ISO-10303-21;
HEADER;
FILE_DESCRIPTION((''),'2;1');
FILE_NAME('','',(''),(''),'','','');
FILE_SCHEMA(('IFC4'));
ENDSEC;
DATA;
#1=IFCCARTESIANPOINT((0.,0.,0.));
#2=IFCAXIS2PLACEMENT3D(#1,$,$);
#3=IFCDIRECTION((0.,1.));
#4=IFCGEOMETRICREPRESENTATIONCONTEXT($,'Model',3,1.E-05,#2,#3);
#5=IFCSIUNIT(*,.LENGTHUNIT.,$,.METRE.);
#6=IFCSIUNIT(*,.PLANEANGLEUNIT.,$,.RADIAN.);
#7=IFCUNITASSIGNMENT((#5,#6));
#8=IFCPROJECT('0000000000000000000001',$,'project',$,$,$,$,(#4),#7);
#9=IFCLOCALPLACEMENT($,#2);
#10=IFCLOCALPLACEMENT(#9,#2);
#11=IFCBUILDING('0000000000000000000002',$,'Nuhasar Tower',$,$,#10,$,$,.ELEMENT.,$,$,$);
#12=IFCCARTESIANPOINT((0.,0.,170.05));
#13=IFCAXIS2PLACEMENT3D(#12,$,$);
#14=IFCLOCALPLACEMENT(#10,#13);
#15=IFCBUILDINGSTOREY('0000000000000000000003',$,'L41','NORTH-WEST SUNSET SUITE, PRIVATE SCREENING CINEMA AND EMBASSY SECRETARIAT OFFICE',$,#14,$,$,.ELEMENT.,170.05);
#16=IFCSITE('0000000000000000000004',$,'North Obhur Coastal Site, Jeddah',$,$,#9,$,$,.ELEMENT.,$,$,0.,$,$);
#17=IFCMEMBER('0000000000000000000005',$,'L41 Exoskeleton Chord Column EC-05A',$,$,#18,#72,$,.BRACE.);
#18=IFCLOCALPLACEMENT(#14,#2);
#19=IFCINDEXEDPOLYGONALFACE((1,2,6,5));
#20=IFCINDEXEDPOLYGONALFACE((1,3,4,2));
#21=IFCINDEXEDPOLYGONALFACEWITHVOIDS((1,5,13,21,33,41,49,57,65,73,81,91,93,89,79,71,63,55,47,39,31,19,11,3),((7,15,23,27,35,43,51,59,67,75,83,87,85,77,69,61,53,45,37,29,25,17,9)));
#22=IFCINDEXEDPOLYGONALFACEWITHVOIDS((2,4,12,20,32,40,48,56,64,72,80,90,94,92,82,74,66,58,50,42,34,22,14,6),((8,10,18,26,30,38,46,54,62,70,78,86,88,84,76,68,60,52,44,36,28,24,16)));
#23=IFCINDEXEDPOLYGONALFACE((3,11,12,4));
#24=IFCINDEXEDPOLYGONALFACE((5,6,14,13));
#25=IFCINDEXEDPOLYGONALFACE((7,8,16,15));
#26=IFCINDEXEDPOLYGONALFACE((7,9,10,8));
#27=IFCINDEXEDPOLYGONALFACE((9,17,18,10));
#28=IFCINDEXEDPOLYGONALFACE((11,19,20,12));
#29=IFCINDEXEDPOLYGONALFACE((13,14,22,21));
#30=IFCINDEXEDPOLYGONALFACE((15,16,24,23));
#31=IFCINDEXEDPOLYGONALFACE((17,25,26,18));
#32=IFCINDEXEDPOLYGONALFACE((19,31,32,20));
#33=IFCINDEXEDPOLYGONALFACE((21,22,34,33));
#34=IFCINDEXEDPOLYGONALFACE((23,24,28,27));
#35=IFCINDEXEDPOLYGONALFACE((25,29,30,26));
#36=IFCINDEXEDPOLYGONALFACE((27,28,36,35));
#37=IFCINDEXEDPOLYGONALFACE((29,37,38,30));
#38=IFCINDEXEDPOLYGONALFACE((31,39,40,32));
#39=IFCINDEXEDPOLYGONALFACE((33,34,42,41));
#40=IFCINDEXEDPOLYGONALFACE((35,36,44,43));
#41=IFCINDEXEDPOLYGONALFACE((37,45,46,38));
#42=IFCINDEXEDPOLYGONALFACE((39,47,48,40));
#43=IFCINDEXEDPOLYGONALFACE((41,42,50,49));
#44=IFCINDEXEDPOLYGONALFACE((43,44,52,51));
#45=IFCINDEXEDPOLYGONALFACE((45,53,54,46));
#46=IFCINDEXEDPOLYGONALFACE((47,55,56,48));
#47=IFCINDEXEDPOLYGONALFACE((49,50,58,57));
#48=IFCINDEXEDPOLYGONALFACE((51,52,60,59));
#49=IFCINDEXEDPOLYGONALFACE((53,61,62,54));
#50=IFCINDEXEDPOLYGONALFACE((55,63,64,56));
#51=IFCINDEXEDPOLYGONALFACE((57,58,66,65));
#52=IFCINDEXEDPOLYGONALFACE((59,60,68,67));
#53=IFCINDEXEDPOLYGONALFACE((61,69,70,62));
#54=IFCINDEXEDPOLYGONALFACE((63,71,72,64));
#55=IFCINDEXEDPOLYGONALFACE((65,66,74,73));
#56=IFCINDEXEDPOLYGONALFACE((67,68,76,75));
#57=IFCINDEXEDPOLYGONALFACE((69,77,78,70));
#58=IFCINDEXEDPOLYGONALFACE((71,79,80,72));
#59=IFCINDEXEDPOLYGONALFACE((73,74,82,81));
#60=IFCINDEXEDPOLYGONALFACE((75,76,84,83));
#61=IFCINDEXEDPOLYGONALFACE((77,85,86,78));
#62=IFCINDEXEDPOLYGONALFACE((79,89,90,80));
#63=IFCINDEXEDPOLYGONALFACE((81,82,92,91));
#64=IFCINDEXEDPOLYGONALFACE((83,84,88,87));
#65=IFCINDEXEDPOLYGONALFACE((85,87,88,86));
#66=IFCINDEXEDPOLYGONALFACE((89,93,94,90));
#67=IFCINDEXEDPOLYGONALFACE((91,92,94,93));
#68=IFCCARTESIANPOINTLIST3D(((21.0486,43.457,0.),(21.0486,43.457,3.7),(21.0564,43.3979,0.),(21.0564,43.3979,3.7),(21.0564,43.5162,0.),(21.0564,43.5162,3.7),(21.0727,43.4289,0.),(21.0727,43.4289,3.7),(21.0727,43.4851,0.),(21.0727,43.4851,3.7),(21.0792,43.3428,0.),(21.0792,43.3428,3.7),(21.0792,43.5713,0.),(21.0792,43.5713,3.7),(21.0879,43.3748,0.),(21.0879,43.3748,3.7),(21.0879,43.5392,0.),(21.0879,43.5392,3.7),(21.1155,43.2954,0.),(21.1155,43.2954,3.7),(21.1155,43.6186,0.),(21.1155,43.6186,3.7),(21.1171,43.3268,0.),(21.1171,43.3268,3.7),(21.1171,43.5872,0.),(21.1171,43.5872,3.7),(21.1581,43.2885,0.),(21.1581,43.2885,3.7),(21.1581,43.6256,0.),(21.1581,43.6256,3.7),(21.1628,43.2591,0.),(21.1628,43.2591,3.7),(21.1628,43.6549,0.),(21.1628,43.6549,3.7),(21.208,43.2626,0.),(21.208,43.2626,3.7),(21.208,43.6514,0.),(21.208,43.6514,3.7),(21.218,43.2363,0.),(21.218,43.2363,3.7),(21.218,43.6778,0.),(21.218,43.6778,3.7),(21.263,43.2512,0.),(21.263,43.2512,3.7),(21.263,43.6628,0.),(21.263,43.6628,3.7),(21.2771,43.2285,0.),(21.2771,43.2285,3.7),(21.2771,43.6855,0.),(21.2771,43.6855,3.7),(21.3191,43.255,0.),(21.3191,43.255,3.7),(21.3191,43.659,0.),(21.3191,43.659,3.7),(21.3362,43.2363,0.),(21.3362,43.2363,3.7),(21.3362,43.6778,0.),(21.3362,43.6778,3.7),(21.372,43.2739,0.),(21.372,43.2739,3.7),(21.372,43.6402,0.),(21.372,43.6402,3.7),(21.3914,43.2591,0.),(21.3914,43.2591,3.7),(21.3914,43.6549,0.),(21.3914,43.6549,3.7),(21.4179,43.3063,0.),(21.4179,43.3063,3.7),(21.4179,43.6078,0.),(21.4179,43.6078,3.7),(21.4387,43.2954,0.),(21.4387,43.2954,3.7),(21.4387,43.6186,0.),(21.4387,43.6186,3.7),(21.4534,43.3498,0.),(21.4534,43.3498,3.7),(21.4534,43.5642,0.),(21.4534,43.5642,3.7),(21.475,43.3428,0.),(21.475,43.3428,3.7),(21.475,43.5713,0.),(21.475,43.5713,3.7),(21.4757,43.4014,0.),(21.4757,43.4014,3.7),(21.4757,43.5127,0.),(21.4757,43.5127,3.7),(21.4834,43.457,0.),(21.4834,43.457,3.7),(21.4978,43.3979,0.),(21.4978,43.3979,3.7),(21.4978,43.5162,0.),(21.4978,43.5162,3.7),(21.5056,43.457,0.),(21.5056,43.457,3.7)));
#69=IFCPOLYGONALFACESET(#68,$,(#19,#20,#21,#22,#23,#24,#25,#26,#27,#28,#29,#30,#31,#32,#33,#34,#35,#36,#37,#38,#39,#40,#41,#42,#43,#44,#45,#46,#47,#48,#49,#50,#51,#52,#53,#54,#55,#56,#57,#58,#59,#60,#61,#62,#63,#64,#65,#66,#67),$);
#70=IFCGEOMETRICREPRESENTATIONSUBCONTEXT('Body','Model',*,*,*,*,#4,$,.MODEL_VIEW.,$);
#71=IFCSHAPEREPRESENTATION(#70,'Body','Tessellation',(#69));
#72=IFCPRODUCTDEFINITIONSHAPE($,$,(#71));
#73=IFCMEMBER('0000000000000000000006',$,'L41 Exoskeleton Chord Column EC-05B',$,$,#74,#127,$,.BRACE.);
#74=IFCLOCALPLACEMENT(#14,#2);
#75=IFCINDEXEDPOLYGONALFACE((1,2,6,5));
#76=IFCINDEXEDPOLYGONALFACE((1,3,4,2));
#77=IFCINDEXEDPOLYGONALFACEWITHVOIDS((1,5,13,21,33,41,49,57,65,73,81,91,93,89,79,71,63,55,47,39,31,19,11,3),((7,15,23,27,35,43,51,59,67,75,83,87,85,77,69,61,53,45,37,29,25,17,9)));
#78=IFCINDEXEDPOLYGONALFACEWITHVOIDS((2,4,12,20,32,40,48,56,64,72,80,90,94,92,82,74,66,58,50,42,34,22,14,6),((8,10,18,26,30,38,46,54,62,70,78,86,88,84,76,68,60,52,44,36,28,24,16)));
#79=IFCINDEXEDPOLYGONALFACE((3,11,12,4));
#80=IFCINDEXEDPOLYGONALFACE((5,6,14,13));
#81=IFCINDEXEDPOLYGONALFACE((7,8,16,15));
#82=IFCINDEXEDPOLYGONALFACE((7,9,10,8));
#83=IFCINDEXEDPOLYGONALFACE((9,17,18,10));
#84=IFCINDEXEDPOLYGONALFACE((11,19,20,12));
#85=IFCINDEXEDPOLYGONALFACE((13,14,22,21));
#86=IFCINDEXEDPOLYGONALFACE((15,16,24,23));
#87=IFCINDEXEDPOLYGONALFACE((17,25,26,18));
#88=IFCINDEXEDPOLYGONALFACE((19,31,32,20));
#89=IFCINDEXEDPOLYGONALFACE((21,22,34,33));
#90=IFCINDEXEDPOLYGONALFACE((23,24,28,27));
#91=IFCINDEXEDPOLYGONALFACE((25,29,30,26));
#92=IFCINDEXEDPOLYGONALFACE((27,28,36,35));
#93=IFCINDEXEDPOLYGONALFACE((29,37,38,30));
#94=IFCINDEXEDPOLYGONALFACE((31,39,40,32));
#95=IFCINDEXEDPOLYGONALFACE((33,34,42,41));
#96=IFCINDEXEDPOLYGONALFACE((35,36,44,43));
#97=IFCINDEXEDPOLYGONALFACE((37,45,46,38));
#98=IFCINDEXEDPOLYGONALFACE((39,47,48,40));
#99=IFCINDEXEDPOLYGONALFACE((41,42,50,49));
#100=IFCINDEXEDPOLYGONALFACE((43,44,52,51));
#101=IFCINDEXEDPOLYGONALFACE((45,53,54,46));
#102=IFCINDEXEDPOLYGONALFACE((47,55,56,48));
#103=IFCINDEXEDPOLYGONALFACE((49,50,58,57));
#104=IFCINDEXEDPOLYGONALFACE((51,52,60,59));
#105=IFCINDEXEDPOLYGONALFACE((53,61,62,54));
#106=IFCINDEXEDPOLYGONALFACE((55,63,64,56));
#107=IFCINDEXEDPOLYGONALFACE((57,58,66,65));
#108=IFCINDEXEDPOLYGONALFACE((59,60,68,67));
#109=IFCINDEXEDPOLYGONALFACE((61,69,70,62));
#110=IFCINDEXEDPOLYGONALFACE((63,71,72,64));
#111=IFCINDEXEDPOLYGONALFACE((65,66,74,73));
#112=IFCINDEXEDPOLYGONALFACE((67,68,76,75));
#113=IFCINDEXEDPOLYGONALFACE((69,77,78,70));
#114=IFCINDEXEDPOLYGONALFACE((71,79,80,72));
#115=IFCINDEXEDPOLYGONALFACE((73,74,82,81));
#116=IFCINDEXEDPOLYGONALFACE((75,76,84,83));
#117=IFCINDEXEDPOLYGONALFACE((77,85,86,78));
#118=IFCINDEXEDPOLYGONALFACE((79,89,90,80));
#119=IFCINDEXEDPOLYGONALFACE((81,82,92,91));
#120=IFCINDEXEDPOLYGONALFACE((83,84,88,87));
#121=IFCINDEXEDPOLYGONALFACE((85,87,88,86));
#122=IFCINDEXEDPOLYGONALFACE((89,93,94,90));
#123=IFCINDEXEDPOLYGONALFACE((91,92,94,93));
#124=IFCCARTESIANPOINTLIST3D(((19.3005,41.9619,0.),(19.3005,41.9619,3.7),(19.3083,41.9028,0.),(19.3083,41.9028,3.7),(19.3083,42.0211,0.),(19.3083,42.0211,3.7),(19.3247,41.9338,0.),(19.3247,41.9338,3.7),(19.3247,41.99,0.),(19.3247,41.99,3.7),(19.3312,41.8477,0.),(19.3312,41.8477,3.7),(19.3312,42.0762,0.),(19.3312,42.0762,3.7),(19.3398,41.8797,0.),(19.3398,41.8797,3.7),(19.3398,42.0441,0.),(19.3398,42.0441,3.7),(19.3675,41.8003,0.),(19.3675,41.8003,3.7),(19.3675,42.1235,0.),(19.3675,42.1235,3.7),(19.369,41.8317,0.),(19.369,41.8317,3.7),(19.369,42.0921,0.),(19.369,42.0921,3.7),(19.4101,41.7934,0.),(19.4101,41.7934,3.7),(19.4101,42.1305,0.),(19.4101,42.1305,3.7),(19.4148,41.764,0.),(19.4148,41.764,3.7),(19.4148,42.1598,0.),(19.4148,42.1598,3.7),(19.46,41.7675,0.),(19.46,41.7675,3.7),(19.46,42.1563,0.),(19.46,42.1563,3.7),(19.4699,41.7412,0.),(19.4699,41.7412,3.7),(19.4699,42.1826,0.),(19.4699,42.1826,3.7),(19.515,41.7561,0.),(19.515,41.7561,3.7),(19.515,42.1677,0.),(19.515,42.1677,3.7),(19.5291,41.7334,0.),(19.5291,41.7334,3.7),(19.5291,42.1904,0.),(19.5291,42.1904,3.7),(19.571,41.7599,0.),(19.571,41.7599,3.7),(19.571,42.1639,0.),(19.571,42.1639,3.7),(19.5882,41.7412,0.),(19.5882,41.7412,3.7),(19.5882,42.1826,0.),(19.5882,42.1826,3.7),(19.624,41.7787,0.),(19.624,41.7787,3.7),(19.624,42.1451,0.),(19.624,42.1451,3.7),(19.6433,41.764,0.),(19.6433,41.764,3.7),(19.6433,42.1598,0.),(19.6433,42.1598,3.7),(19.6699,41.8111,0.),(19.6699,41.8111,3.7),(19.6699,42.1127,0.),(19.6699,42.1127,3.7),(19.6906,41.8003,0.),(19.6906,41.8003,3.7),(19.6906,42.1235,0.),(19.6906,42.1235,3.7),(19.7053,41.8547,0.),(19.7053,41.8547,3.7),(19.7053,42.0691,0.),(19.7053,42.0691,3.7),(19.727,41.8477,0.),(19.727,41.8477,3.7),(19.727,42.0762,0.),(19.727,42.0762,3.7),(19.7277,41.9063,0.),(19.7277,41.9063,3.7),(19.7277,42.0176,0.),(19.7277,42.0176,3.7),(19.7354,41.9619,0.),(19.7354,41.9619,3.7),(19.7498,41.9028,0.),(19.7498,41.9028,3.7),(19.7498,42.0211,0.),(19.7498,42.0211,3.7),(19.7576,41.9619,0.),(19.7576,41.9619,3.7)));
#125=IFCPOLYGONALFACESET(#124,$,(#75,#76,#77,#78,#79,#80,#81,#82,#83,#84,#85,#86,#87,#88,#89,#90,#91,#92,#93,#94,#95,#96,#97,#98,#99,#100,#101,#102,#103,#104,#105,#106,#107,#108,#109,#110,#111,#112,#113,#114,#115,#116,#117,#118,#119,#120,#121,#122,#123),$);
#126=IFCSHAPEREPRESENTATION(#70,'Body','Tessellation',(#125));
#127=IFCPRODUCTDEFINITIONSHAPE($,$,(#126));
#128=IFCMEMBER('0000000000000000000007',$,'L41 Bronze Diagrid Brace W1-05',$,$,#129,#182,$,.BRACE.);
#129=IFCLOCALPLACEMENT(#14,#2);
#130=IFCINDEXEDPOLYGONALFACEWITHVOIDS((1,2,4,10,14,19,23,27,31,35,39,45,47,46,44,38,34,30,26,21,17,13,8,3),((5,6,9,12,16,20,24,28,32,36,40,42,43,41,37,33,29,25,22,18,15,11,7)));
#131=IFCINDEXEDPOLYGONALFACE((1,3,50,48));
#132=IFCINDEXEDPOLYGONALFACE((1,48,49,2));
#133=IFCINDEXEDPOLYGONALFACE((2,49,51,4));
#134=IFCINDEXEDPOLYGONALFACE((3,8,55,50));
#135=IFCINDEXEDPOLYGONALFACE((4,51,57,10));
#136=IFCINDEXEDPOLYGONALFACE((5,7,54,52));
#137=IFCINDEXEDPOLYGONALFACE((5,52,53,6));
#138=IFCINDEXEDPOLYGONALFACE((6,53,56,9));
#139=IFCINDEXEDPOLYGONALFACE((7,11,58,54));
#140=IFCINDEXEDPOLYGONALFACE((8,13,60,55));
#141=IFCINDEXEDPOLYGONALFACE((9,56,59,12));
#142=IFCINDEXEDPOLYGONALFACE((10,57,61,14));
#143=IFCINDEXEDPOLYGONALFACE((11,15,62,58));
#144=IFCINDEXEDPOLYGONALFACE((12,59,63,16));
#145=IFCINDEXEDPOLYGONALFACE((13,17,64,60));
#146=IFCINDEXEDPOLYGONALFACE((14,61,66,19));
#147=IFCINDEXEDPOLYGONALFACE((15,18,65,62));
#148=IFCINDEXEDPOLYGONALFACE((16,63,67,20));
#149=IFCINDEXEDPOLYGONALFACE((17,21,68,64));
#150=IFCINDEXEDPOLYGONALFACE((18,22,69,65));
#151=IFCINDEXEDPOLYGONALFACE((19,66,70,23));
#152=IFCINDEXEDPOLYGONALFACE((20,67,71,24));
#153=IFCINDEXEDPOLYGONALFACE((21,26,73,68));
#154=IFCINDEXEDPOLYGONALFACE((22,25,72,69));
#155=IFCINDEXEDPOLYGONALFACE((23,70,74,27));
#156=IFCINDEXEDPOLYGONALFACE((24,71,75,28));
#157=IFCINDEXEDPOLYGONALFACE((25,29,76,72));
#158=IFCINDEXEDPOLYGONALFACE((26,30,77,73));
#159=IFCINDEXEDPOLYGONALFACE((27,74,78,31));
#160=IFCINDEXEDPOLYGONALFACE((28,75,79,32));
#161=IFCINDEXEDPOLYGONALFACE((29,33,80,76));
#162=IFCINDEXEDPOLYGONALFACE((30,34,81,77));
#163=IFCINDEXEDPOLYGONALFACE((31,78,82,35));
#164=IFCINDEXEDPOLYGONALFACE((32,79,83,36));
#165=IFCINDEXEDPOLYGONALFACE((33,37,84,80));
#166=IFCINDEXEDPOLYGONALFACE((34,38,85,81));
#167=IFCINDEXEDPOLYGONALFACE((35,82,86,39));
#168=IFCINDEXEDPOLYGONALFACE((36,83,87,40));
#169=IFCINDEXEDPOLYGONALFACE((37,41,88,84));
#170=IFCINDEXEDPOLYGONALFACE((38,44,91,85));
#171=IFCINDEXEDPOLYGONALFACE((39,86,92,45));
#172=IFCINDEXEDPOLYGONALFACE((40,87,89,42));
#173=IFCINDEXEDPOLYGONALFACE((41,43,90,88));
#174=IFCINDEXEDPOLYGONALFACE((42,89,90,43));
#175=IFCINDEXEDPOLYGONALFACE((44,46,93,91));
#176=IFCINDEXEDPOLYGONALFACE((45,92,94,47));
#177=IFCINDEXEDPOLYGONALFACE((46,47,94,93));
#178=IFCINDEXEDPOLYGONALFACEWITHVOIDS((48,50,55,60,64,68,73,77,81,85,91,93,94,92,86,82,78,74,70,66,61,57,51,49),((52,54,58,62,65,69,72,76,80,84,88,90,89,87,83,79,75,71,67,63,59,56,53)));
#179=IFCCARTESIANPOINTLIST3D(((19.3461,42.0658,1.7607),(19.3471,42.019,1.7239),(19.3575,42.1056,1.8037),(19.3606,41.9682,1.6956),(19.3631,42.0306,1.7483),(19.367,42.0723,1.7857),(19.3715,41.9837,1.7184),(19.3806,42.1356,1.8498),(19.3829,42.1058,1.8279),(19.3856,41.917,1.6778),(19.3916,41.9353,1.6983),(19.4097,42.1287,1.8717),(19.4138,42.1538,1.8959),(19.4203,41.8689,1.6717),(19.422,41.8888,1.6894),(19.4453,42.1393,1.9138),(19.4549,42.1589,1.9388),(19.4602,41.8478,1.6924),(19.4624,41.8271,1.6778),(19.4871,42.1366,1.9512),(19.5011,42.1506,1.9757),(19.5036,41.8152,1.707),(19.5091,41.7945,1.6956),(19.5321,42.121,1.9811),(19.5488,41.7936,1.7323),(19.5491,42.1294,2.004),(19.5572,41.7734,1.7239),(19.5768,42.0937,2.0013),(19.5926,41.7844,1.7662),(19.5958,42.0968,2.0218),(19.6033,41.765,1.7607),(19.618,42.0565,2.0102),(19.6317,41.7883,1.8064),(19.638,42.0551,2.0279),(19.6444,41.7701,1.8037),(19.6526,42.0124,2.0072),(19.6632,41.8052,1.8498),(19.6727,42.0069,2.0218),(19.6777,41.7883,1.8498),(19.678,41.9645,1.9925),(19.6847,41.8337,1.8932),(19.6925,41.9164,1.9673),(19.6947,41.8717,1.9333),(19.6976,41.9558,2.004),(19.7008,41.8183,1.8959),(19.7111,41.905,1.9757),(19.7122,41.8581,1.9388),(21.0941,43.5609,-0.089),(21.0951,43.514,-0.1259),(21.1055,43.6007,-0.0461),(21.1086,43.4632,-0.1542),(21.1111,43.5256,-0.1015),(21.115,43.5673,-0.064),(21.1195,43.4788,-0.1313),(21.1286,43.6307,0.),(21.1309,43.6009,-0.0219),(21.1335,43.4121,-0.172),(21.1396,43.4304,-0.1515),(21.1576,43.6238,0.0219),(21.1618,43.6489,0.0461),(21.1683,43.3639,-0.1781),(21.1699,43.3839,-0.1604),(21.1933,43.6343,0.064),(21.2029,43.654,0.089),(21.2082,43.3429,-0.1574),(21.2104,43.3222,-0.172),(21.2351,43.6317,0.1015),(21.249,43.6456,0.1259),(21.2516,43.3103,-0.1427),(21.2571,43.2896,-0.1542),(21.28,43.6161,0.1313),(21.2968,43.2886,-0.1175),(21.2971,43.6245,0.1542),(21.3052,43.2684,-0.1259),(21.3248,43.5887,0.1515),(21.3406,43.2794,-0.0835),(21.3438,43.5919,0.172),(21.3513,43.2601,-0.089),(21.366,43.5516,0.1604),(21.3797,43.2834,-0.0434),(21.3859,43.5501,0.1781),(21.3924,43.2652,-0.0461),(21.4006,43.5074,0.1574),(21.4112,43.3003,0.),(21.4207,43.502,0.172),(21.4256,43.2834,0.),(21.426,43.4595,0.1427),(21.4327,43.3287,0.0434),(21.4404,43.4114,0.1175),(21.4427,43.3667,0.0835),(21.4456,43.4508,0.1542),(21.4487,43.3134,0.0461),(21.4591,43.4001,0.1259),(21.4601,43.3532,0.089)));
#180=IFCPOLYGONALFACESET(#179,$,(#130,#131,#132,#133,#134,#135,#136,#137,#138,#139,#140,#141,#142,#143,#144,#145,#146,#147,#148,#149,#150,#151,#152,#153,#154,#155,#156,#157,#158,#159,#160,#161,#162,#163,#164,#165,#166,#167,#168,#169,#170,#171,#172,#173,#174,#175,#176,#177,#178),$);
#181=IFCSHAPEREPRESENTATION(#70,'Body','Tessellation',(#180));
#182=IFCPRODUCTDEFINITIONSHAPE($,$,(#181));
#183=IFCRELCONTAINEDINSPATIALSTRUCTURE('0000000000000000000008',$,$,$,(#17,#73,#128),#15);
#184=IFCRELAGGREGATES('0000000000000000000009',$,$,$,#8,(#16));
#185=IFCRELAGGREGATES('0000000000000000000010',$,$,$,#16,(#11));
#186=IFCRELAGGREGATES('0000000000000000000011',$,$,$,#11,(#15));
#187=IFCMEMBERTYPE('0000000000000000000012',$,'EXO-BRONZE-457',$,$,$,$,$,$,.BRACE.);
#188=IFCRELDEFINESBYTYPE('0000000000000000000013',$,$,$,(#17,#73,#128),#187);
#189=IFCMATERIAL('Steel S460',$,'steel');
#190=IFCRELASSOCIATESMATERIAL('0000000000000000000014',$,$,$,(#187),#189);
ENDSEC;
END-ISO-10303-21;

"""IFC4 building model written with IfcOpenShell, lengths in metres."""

from ifc_helpers import new_model, si_unit, direction, frame, origin, origin_2d, place, context, subcontext, project, spatial, hollow_circle, extrude, material, material_profile, profile_set, type_object, element, save


model = new_model("IFC4")

# Units and contexts
model_context = context("Model", 3, precision=1e-05, world=origin(), true_north=direction((0.0, 1.0)))
body_context = subcontext(model_context, "Body", "Model", "MODEL_VIEW")
ifc_project = project(units=[si_unit("LENGTHUNIT", "METRE"), si_unit("PLANEANGLEUNIT", "RADIAN")], contexts=[model_context])

# Site, building, storey
site_placement = place(None, origin())
site = spatial("IfcSite", under=ifc_project, at=site_placement, Name="North Obhur Coastal Site, Jeddah", CompositionType="ELEMENT", RefElevation=0.0)
building_placement = place(site_placement, origin())
building = spatial("IfcBuilding", under=site, at=building_placement, Name="Nuhasar Tower", CompositionType="ELEMENT")
storey_placement = place(building_placement, frame((0.0, 0.0, 170.05)))
storey = spatial("IfcBuildingStorey", under=building, at=storey_placement, Name="L41", Description="NORTH-WEST SUNSET SUITE, PRIVATE SCREENING CINEMA AND EMBASSY SECRETARIAT OFFICE", CompositionType="ELEMENT", Elevation=170.05)

# Members
ifc_material_1 = material(Name="Steel S460", Category="steel")
ifc_material_profile_1 = material_profile(ifc_material_1, hollow_circle(Radius=0.2285, WallThickness=0.0222, at=origin_2d()), Name="HSS457X22.2")
ifc_profile_set_1 = profile_set([ifc_material_profile_1], Name="Steel S460")
member_type_1 = type_object("IfcMemberType", Name="EXO-BRONZE-457", PredefinedType="BRACE", material=ifc_profile_set_1)
for number, where, z_axis, x_axis, name in (
    (1, (21.2771, 43.457, 0.0), (0.0, 0.0, 1.0), (1.0, 0.0, 0.0), "L41 Exoskeleton Chord Column EC-05A"),
    (2, (19.5291, 41.9619, 0.0), (0.0, 0.0, 1.0), (1.0, 0.0, 0.0), "L41 Exoskeleton Chord Column EC-05B"),
):
    element("IfcMember", number, at=place(storey_placement, frame(where, z_axis=z_axis, x_axis=x_axis)), inside=storey, type_object=member_type_1, Name=name, PredefinedType="BRACE", context=body_context, shape_type="SweptSolid", body=[
        extrude(hollow_circle(Radius=0.2285, WallThickness=0.0222, at=origin_2d()), origin(), (0.0, 0.0, 1.0), 3.7),
    ])
member_1_placement = place(storey_placement, frame((21.2771, 43.457, 0.0), z_axis=(-0.592201, -0.506514, 0.626691), x_axis=(0.649987, -0.759945, 0.0)))
element("IfcMember", 3, at=member_1_placement, inside=storey, type_object=member_type_1, Name="L41 Bronze Diagrid Brace W1-05", PredefinedType="BRACE", context=body_context, shape_type="SweptSolid", body=[
    extrude(hollow_circle(Radius=0.2285, WallThickness=0.0222, at=origin_2d()), origin(), (0.0, 0.0, 1.0), 2.9517),
])

save(model, "model.ifc")
